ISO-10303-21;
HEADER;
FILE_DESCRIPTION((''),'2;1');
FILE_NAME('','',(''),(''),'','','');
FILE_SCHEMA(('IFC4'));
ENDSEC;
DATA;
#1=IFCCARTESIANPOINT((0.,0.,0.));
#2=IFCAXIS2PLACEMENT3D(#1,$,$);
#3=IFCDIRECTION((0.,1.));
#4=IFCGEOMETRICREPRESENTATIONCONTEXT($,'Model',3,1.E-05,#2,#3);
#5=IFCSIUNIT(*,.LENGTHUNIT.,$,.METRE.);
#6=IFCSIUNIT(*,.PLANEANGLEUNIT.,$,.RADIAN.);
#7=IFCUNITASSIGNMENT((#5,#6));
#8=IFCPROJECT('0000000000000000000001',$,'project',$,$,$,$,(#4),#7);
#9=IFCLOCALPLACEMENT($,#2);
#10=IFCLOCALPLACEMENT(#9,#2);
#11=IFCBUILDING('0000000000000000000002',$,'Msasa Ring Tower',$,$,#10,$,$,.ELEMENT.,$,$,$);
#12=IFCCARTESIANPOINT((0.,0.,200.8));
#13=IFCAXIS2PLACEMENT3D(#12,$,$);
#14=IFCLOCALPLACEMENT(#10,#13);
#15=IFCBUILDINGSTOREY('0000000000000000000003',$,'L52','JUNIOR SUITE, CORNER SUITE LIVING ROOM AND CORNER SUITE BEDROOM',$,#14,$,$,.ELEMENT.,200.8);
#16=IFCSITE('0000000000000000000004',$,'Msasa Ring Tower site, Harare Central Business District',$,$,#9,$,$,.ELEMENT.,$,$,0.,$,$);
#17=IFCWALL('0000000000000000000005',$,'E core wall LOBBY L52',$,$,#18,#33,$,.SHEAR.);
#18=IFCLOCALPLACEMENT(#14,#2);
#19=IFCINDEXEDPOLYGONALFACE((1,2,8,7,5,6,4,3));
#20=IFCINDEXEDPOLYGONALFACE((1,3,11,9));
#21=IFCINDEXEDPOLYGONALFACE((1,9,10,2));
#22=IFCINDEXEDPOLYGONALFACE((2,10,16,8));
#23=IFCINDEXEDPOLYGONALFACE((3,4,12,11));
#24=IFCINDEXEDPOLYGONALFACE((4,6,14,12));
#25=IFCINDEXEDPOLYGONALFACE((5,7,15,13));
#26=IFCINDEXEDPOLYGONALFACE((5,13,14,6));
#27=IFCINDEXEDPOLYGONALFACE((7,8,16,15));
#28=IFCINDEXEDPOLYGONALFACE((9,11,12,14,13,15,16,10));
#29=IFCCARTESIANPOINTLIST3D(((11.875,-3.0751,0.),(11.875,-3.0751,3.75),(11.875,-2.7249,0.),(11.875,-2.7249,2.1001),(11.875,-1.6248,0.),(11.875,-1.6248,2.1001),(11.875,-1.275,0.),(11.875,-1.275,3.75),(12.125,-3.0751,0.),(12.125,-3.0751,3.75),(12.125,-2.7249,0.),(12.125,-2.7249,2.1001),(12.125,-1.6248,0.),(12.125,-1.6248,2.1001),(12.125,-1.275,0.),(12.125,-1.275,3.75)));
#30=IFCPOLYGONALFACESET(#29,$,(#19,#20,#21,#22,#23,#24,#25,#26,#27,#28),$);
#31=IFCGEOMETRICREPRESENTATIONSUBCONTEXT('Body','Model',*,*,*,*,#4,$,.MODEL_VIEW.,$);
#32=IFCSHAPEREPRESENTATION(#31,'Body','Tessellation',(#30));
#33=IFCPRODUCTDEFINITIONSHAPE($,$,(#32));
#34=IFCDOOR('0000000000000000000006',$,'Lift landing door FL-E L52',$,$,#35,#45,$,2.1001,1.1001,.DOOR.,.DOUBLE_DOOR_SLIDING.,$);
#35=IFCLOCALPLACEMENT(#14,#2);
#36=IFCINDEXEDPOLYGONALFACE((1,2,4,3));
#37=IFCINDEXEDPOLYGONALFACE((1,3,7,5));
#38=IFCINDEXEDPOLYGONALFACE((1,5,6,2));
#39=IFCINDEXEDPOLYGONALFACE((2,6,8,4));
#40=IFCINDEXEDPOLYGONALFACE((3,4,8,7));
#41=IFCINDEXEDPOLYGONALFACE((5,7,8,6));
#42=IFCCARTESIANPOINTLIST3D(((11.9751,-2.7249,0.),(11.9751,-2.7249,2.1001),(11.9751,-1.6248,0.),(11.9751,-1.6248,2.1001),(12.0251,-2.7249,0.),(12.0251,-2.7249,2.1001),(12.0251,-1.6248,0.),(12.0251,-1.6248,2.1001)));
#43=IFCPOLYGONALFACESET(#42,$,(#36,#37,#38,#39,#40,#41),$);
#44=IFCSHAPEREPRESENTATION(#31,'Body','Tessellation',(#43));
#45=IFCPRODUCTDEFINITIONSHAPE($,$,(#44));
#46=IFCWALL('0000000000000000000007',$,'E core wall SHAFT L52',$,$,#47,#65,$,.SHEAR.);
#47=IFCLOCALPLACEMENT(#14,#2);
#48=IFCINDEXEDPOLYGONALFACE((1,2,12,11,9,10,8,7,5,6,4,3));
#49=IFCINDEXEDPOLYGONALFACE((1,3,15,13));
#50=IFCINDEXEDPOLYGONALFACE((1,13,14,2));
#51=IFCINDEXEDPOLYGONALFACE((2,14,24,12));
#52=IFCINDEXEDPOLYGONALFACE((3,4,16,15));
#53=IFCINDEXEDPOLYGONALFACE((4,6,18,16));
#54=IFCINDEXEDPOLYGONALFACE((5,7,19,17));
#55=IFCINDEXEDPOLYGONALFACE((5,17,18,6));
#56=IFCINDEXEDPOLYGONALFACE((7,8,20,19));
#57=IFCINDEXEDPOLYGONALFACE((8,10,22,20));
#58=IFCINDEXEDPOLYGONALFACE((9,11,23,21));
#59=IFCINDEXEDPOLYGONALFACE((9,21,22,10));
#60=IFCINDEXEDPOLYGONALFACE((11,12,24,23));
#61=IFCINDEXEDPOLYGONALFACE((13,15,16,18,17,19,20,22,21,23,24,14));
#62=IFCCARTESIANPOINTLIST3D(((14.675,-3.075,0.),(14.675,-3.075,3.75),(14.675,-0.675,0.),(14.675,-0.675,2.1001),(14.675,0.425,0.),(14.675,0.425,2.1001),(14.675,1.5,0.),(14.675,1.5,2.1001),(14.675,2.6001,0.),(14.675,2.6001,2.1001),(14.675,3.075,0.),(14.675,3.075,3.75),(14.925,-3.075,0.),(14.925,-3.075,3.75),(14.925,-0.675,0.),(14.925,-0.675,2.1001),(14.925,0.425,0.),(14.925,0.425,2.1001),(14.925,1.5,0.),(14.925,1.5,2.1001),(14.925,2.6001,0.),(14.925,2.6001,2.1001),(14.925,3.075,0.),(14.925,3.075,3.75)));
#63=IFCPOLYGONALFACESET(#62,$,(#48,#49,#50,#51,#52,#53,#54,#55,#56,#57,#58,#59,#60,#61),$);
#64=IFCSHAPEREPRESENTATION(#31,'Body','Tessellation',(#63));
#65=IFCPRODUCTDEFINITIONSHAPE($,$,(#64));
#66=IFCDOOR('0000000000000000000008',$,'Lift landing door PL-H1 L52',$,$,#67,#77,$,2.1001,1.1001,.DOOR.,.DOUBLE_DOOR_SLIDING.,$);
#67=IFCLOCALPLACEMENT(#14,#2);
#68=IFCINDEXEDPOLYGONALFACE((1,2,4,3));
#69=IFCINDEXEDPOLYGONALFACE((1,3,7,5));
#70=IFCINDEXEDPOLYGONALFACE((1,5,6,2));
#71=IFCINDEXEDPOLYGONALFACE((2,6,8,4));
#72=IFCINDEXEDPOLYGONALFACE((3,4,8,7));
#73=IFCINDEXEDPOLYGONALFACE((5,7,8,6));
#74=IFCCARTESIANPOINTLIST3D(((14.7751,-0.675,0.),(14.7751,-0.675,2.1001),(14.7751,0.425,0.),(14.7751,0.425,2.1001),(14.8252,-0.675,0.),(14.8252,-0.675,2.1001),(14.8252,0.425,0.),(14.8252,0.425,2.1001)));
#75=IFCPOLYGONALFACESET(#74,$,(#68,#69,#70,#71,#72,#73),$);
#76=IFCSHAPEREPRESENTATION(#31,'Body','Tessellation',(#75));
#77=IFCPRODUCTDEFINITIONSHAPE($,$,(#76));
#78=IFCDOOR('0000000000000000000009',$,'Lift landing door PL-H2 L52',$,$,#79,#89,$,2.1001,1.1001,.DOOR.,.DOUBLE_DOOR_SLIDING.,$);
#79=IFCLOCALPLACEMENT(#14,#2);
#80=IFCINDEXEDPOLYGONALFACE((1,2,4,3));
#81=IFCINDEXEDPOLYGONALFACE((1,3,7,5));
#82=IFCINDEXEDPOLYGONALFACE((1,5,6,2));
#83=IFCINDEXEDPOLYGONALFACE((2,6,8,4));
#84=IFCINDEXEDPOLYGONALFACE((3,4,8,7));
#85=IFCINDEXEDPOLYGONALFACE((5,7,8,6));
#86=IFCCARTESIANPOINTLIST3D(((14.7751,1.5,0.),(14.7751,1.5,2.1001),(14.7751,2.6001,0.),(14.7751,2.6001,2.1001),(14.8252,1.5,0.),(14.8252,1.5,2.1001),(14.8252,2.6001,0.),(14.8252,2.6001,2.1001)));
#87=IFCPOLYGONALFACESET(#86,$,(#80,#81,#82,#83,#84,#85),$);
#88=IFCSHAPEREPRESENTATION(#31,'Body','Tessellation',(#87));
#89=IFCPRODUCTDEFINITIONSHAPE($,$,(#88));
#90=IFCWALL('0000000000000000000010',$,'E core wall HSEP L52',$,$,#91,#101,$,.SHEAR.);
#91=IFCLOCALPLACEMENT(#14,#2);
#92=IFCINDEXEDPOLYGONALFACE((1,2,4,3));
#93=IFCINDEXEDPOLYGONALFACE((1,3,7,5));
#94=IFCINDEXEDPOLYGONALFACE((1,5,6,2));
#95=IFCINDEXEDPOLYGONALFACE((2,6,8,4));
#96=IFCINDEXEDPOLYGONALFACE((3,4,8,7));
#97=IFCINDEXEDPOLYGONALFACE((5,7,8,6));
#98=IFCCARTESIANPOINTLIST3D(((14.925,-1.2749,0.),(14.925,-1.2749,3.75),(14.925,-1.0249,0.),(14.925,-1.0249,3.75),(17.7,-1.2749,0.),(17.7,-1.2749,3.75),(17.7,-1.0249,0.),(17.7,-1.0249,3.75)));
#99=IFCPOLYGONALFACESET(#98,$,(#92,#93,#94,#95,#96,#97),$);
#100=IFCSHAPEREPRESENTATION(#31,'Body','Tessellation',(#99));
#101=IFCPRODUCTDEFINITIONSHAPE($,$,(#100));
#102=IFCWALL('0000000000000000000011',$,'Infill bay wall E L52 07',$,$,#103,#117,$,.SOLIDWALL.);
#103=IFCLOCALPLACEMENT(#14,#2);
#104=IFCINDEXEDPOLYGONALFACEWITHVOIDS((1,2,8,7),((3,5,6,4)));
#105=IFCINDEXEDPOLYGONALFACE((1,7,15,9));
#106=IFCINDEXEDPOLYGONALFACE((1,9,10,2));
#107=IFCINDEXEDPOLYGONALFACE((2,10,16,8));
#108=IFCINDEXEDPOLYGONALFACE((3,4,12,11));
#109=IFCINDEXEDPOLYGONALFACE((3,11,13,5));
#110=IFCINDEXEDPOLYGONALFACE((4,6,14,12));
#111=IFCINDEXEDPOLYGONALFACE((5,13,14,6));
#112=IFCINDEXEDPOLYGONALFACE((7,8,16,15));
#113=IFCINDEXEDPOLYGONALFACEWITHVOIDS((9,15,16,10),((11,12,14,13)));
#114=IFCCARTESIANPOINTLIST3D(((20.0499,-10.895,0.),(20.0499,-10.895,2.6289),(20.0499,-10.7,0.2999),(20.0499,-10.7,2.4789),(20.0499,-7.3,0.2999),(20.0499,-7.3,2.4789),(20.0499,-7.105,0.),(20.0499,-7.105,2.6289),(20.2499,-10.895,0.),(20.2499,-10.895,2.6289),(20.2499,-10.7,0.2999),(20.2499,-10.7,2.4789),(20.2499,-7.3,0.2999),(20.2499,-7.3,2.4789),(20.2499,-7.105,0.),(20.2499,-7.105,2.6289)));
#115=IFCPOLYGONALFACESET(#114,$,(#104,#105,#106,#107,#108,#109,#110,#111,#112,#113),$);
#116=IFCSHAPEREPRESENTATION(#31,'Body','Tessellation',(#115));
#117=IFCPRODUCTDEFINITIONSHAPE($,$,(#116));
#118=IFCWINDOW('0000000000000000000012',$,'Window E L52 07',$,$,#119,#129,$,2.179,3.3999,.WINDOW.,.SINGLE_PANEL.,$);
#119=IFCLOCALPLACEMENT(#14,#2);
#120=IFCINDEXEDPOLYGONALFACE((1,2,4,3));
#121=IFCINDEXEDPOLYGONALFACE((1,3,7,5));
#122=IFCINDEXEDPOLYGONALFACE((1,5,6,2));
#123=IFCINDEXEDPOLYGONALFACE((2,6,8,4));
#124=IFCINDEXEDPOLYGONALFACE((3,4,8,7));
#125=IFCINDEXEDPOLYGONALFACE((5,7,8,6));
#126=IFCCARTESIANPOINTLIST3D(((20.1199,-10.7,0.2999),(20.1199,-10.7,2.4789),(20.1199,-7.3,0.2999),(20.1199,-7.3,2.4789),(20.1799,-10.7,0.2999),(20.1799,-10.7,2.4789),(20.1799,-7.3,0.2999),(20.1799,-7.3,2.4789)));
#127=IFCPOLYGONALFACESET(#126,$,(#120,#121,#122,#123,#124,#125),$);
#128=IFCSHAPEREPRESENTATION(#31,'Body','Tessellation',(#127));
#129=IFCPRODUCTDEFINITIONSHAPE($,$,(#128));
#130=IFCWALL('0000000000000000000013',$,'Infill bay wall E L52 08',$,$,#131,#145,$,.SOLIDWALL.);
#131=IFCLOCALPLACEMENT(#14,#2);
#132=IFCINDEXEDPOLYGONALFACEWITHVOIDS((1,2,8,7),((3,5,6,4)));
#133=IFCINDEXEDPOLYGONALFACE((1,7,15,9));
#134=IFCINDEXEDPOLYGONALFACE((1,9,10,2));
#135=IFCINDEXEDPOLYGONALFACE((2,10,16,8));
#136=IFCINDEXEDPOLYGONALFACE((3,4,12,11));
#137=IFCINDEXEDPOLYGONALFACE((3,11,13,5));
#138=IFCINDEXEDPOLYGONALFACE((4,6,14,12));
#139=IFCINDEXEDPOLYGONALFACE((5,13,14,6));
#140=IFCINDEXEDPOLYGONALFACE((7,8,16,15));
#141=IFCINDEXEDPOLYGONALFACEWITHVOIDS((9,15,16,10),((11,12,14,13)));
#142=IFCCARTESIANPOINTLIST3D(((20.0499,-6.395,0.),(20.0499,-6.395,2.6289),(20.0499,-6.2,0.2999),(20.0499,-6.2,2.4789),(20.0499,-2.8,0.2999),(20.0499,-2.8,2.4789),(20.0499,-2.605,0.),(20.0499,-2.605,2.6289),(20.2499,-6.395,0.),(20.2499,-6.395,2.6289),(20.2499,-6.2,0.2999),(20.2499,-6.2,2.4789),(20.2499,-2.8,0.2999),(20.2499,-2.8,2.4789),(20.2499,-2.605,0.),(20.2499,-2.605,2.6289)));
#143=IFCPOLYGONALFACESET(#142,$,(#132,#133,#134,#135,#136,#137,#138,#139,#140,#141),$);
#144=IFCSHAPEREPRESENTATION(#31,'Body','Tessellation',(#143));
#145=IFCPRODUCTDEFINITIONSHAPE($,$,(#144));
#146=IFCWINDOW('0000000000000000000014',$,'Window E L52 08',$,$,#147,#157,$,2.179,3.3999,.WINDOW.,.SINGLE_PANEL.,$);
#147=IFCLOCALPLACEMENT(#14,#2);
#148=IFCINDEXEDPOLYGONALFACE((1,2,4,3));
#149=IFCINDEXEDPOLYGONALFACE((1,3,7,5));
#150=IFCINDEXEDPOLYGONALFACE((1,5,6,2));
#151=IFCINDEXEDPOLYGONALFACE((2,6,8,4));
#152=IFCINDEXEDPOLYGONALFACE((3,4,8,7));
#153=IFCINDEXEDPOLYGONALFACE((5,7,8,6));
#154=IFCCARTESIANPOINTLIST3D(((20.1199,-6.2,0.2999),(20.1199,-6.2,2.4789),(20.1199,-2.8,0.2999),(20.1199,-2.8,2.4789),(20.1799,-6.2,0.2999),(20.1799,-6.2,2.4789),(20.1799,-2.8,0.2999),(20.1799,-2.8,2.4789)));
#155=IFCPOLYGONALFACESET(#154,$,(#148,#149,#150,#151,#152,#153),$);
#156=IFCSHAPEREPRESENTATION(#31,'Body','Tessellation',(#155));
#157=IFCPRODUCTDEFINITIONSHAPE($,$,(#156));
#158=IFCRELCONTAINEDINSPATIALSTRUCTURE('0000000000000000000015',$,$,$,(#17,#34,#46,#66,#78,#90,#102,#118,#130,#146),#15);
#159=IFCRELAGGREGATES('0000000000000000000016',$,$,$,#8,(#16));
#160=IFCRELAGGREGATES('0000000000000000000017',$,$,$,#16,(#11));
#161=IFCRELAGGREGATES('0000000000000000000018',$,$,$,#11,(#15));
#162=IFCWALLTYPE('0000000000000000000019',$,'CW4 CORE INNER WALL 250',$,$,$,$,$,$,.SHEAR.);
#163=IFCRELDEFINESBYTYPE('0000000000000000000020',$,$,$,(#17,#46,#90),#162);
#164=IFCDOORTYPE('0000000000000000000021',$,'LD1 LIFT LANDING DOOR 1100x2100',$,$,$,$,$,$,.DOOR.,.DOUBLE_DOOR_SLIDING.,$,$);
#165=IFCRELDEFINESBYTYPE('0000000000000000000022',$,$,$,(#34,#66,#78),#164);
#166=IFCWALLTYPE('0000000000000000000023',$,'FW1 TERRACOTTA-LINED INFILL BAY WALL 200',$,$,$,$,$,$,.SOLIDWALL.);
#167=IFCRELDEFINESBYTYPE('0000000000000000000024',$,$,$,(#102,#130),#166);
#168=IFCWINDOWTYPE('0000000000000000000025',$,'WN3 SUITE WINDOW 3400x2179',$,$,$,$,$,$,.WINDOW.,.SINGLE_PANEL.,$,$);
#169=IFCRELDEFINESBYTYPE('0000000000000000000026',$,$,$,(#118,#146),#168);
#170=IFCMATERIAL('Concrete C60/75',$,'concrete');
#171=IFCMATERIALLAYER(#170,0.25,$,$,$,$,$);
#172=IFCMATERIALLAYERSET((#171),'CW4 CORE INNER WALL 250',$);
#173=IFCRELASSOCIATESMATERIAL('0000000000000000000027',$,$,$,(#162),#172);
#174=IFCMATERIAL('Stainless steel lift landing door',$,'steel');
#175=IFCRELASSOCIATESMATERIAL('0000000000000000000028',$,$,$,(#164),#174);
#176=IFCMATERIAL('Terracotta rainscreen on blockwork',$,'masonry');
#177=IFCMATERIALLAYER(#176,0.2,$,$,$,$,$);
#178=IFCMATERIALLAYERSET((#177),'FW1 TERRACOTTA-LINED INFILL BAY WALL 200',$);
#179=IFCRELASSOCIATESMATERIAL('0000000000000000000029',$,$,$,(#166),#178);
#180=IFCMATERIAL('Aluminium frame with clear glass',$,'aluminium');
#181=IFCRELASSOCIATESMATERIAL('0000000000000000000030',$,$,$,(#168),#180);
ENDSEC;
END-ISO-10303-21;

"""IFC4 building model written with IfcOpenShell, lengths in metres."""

from ifc_helpers import new_model, si_unit, direction, frame, frame_2d, origin, place, context, subcontext, project, spatial, rectangle, extrude, material, layer, layer_set, type_object, element, fill, save


model = new_model("IFC4")

# Units and contexts
model_context = context("Model", 3, precision=1e-05, world=origin(), true_north=direction((0.0, 1.0)))
body_context = subcontext(model_context, "Body", "Model", "MODEL_VIEW")
ifc_project = project(units=[si_unit("LENGTHUNIT", "METRE"), si_unit("PLANEANGLEUNIT", "RADIAN")], contexts=[model_context])

# Site, building, storey
site_placement = place(None, origin())
site = spatial("IfcSite", under=ifc_project, at=site_placement, Name="Msasa Ring Tower site, Harare Central Business District", CompositionType="ELEMENT", RefElevation=0.0)
building_placement = place(site_placement, origin())
building = spatial("IfcBuilding", under=site, at=building_placement, Name="Msasa Ring Tower", CompositionType="ELEMENT")
storey_placement = place(building_placement, frame((0.0, 0.0, 200.8)))
storey = spatial("IfcBuildingStorey", under=building, at=storey_placement, Name="L52", Description="JUNIOR SUITE, CORNER SUITE LIVING ROOM AND CORNER SUITE BEDROOM", CompositionType="ELEMENT", Elevation=200.8)

# Shared definitions
ifc_material_1 = material(Name="Concrete C60/75", Category="concrete")
ifc_layer_1 = layer(ifc_material_1, 0.25)
ifc_layer_set_1 = layer_set([ifc_layer_1], Name="CW4 CORE INNER WALL 250")
wall_type_1 = type_object("IfcWallType", Name="CW4 CORE INNER WALL 250", PredefinedType="SHEAR", material=ifc_layer_set_1)

# Wall, opening, door
wall_1_placement = place(storey_placement, frame((12.0, -3.075, 0.0), z_axis=(0.0, 0.0, 1.0), x_axis=(0.0, 1.0, 0.0)))
wall_1 = element("IfcWall", 1, at=wall_1_placement, inside=storey, type_object=wall_type_1, Name="E core wall LOBBY L52", PredefinedType="SHEAR", context=body_context, shape_type="SweptSolid", body=[
    extrude(rectangle(XDim=1.8, YDim=0.25, at=frame_2d((0.8999, 0.0))), origin(), (0.0, 0.0, 1.0), 3.75),
])
opening_1_placement = place(wall_1_placement, frame((0.3501, 0.0, 0.0)))
opening_1 = element("IfcOpeningElement", 2, at=opening_1_placement, cuts=wall_1, PredefinedType="OPENING", context=body_context, shape_type="SweptSolid", body=[
    extrude(rectangle(XDim=1.1001, YDim=2.1001, at=frame_2d((0.55, 1.05))), frame((0.0, 0.135, 0.0), z_axis=(0.0, -1.0, 0.0), x_axis=(1.0, 0.0, 0.0)), (0.0, 0.0, 1.0), 0.27),
])
ifc_material_2 = material(Name="Stainless steel lift landing door", Category="steel")
door_type_1 = type_object("IfcDoorType", Name="LD1 LIFT LANDING DOOR 1100x2100", OperationType="DOUBLE_DOOR_SLIDING", PredefinedType="DOOR", material=ifc_material_2)
door_1_placement = place(opening_1_placement, origin())
door_1 = element("IfcDoor", 3, at=door_1_placement, inside=storey, type_object=door_type_1, Name="Lift landing door FL-E L52", OperationType="DOUBLE_DOOR_SLIDING", OverallHeight=2.1001, OverallWidth=1.1001, PredefinedType="DOOR", context=body_context, shape_type="SweptSolid", body=[
    extrude(rectangle(XDim=1.1001, YDim=2.1001, at=frame_2d((0.55, 1.05))), frame((0.0, 0.0249, 0.0), z_axis=(0.0, -1.0, 0.0), x_axis=(1.0, 0.0, 0.0)), (0.0, 0.0, 1.0), 0.05),
])
fill(opening_1, door_1)

# Wall, openings, doors
wall_2_placement = place(storey_placement, frame((14.8, -3.075, 0.0), z_axis=(0.0, 0.0, 1.0), x_axis=(0.0, 1.0, 0.0)))
wall_2 = element("IfcWall", 4, at=wall_2_placement, inside=storey, type_object=wall_type_1, Name="E core wall SHAFT L52", PredefinedType="SHEAR", context=body_context, shape_type="SweptSolid", body=[
    extrude(rectangle(XDim=6.1499, YDim=0.25, at=frame_2d((3.075, 0.0))), origin(), (0.0, 0.0, 1.0), 3.75),
])
opening_2_placement = place(wall_2_placement, frame((2.3999, 0.0, 0.0)))
opening_2 = element("IfcOpeningElement", 5, at=opening_2_placement, cuts=wall_2, PredefinedType="OPENING", context=body_context, shape_type="SweptSolid", body=[
    extrude(rectangle(XDim=1.1001, YDim=2.1001, at=frame_2d((0.55, 1.05))), frame((0.0, 0.135, 0.0), z_axis=(0.0, -1.0, 0.0), x_axis=(1.0, 0.0, 0.0)), (0.0, 0.0, 1.0), 0.27),
])
opening_3_placement = place(wall_2_placement, frame((4.575, 0.0, 0.0)))
opening_3 = element("IfcOpeningElement", 6, at=opening_3_placement, cuts=wall_2, PredefinedType="OPENING", context=body_context, shape_type="SweptSolid", body=[
    extrude(rectangle(XDim=1.1001, YDim=2.1001, at=frame_2d((0.55, 1.05))), frame((0.0, 0.135, 0.0), z_axis=(0.0, -1.0, 0.0), x_axis=(1.0, 0.0, 0.0)), (0.0, 0.0, 1.0), 0.27),
])
door_2_placement = place(opening_2_placement, origin())
door_2 = element("IfcDoor", 7, at=door_2_placement, inside=storey, type_object=door_type_1, Name="Lift landing door PL-H1 L52", OperationType="DOUBLE_DOOR_SLIDING", OverallHeight=2.1001, OverallWidth=1.1001, PredefinedType="DOOR", context=body_context, shape_type="SweptSolid", body=[
    extrude(rectangle(XDim=1.1001, YDim=2.1001, at=frame_2d((0.55, 1.05))), frame((0.0, 0.0249, 0.0), z_axis=(0.0, -1.0, 0.0), x_axis=(1.0, 0.0, 0.0)), (0.0, 0.0, 1.0), 0.05),
])
fill(opening_2, door_2)
door_3_placement = place(opening_3_placement, origin())
door_3 = element("IfcDoor", 8, at=door_3_placement, inside=storey, type_object=door_type_1, Name="Lift landing door PL-H2 L52", OperationType="DOUBLE_DOOR_SLIDING", OverallHeight=2.1001, OverallWidth=1.1001, PredefinedType="DOOR", context=body_context, shape_type="SweptSolid", body=[
    extrude(rectangle(XDim=1.1001, YDim=2.1001, at=frame_2d((0.55, 1.05))), frame((0.0, 0.0249, 0.0), z_axis=(0.0, -1.0, 0.0), x_axis=(1.0, 0.0, 0.0)), (0.0, 0.0, 1.0), 0.05),
])
fill(opening_3, door_3)

# Wall
wall_3_placement = place(storey_placement, frame((14.925, -1.1499, 0.0), z_axis=(0.0, 0.0, 1.0), x_axis=(1.0, 0.0, 0.0)))
element("IfcWall", 9, at=wall_3_placement, inside=storey, type_object=wall_type_1, Name="E core wall HSEP L52", PredefinedType="SHEAR", context=body_context, shape_type="SweptSolid", body=[
    extrude(rectangle(XDim=2.7749, YDim=0.25, at=frame_2d((1.3875, 0.0))), origin(), (0.0, 0.0, 1.0), 3.75),
])

# Walls, openings, windows
ifc_material_3 = material(Name="Terracotta rainscreen on blockwork", Category="masonry")
ifc_layer_2 = layer(ifc_material_3, 0.2)
ifc_layer_set_2 = layer_set([ifc_layer_2], Name="FW1 TERRACOTTA-LINED INFILL BAY WALL 200")
wall_type_2 = type_object("IfcWallType", Name="FW1 TERRACOTTA-LINED INFILL BAY WALL 200", PredefinedType="SOLIDWALL", material=ifc_layer_set_2)
wall_4_placement = place(storey_placement, frame((20.1499, -10.895, 0.0), z_axis=(0.0, 0.0, 1.0), x_axis=(0.0, 1.0, 0.0)))
wall_4 = element("IfcWall", 10, at=wall_4_placement, inside=storey, type_object=wall_type_2, Name="Infill bay wall E L52 07", PredefinedType="SOLIDWALL", context=body_context, shape_type="SweptSolid", body=[
    extrude(rectangle(XDim=3.79, YDim=0.2, at=frame_2d((1.895, 0.0))), origin(), (0.0, 0.0, 1.0), 2.6289),
])
opening_4_placement = place(wall_4_placement, frame((0.1951, 0.0, 0.3)))
opening_4 = element("IfcOpeningElement", 11, at=opening_4_placement, cuts=wall_4, PredefinedType="OPENING", context=body_context, shape_type="SweptSolid", body=[
    extrude(rectangle(XDim=3.3999, YDim=2.179, at=frame_2d((1.7, 1.0894))), frame((0.0, 0.1099, 0.0), z_axis=(0.0, -1.0, 0.0), x_axis=(1.0, 0.0, 0.0)), (0.0, 0.0, 1.0), 0.22),
])
ifc_material_4 = material(Name="Aluminium frame with clear glass", Category="aluminium")
window_type = type_object("IfcWindowType", Name="WN3 SUITE WINDOW 3400x2179", PartitioningType="SINGLE_PANEL", PredefinedType="WINDOW", material=ifc_material_4)
window_1_placement = place(opening_4_placement, origin())
window_1 = element("IfcWindow", 12, at=window_1_placement, inside=storey, type_object=window_type, Name="Window E L52 07", OverallHeight=2.179, OverallWidth=3.3999, PartitioningType="SINGLE_PANEL", PredefinedType="WINDOW", context=body_context, shape_type="SweptSolid", body=[
    extrude(rectangle(XDim=3.3999, YDim=2.179, at=frame_2d((1.7, 1.0894))), frame((0.0, 0.03, 0.0), z_axis=(0.0, -1.0, 0.0), x_axis=(1.0, 0.0, 0.0)), (0.0, 0.0, 1.0), 0.0601),
])
fill(opening_4, window_1)
wall_5_placement = place(storey_placement, frame((20.1499, -6.395, 0.0), z_axis=(0.0, 0.0, 1.0), x_axis=(0.0, 1.0, 0.0)))
wall_5 = element("IfcWall", 13, at=wall_5_placement, inside=storey, type_object=wall_type_2, Name="Infill bay wall E L52 08", PredefinedType="SOLIDWALL", context=body_context, shape_type="SweptSolid", body=[
    extrude(rectangle(XDim=3.79, YDim=0.2, at=frame_2d((1.895, 0.0))), origin(), (0.0, 0.0, 1.0), 2.6289),
])
opening_5_placement = place(wall_5_placement, frame((0.1951, 0.0, 0.3)))
opening_5 = element("IfcOpeningElement", 14, at=opening_5_placement, cuts=wall_5, PredefinedType="OPENING", context=body_context, shape_type="SweptSolid", body=[
    extrude(rectangle(XDim=3.3999, YDim=2.179, at=frame_2d((1.7, 1.0894))), frame((0.0, 0.1099, 0.0), z_axis=(0.0, -1.0, 0.0), x_axis=(1.0, 0.0, 0.0)), (0.0, 0.0, 1.0), 0.22),
])
window_2_placement = place(opening_5_placement, origin())
window_2 = element("IfcWindow", 15, at=window_2_placement, inside=storey, type_object=window_type, Name="Window E L52 08", OverallHeight=2.179, OverallWidth=3.3999, PartitioningType="SINGLE_PANEL", PredefinedType="WINDOW", context=body_context, shape_type="SweptSolid", body=[
    extrude(rectangle(XDim=3.3999, YDim=2.179, at=frame_2d((1.7, 1.0894))), frame((0.0, 0.03, 0.0), z_axis=(0.0, -1.0, 0.0), x_axis=(1.0, 0.0, 0.0)), (0.0, 0.0, 1.0), 0.0601),
])
fill(opening_5, window_2)

save(model, "model.ifc")
